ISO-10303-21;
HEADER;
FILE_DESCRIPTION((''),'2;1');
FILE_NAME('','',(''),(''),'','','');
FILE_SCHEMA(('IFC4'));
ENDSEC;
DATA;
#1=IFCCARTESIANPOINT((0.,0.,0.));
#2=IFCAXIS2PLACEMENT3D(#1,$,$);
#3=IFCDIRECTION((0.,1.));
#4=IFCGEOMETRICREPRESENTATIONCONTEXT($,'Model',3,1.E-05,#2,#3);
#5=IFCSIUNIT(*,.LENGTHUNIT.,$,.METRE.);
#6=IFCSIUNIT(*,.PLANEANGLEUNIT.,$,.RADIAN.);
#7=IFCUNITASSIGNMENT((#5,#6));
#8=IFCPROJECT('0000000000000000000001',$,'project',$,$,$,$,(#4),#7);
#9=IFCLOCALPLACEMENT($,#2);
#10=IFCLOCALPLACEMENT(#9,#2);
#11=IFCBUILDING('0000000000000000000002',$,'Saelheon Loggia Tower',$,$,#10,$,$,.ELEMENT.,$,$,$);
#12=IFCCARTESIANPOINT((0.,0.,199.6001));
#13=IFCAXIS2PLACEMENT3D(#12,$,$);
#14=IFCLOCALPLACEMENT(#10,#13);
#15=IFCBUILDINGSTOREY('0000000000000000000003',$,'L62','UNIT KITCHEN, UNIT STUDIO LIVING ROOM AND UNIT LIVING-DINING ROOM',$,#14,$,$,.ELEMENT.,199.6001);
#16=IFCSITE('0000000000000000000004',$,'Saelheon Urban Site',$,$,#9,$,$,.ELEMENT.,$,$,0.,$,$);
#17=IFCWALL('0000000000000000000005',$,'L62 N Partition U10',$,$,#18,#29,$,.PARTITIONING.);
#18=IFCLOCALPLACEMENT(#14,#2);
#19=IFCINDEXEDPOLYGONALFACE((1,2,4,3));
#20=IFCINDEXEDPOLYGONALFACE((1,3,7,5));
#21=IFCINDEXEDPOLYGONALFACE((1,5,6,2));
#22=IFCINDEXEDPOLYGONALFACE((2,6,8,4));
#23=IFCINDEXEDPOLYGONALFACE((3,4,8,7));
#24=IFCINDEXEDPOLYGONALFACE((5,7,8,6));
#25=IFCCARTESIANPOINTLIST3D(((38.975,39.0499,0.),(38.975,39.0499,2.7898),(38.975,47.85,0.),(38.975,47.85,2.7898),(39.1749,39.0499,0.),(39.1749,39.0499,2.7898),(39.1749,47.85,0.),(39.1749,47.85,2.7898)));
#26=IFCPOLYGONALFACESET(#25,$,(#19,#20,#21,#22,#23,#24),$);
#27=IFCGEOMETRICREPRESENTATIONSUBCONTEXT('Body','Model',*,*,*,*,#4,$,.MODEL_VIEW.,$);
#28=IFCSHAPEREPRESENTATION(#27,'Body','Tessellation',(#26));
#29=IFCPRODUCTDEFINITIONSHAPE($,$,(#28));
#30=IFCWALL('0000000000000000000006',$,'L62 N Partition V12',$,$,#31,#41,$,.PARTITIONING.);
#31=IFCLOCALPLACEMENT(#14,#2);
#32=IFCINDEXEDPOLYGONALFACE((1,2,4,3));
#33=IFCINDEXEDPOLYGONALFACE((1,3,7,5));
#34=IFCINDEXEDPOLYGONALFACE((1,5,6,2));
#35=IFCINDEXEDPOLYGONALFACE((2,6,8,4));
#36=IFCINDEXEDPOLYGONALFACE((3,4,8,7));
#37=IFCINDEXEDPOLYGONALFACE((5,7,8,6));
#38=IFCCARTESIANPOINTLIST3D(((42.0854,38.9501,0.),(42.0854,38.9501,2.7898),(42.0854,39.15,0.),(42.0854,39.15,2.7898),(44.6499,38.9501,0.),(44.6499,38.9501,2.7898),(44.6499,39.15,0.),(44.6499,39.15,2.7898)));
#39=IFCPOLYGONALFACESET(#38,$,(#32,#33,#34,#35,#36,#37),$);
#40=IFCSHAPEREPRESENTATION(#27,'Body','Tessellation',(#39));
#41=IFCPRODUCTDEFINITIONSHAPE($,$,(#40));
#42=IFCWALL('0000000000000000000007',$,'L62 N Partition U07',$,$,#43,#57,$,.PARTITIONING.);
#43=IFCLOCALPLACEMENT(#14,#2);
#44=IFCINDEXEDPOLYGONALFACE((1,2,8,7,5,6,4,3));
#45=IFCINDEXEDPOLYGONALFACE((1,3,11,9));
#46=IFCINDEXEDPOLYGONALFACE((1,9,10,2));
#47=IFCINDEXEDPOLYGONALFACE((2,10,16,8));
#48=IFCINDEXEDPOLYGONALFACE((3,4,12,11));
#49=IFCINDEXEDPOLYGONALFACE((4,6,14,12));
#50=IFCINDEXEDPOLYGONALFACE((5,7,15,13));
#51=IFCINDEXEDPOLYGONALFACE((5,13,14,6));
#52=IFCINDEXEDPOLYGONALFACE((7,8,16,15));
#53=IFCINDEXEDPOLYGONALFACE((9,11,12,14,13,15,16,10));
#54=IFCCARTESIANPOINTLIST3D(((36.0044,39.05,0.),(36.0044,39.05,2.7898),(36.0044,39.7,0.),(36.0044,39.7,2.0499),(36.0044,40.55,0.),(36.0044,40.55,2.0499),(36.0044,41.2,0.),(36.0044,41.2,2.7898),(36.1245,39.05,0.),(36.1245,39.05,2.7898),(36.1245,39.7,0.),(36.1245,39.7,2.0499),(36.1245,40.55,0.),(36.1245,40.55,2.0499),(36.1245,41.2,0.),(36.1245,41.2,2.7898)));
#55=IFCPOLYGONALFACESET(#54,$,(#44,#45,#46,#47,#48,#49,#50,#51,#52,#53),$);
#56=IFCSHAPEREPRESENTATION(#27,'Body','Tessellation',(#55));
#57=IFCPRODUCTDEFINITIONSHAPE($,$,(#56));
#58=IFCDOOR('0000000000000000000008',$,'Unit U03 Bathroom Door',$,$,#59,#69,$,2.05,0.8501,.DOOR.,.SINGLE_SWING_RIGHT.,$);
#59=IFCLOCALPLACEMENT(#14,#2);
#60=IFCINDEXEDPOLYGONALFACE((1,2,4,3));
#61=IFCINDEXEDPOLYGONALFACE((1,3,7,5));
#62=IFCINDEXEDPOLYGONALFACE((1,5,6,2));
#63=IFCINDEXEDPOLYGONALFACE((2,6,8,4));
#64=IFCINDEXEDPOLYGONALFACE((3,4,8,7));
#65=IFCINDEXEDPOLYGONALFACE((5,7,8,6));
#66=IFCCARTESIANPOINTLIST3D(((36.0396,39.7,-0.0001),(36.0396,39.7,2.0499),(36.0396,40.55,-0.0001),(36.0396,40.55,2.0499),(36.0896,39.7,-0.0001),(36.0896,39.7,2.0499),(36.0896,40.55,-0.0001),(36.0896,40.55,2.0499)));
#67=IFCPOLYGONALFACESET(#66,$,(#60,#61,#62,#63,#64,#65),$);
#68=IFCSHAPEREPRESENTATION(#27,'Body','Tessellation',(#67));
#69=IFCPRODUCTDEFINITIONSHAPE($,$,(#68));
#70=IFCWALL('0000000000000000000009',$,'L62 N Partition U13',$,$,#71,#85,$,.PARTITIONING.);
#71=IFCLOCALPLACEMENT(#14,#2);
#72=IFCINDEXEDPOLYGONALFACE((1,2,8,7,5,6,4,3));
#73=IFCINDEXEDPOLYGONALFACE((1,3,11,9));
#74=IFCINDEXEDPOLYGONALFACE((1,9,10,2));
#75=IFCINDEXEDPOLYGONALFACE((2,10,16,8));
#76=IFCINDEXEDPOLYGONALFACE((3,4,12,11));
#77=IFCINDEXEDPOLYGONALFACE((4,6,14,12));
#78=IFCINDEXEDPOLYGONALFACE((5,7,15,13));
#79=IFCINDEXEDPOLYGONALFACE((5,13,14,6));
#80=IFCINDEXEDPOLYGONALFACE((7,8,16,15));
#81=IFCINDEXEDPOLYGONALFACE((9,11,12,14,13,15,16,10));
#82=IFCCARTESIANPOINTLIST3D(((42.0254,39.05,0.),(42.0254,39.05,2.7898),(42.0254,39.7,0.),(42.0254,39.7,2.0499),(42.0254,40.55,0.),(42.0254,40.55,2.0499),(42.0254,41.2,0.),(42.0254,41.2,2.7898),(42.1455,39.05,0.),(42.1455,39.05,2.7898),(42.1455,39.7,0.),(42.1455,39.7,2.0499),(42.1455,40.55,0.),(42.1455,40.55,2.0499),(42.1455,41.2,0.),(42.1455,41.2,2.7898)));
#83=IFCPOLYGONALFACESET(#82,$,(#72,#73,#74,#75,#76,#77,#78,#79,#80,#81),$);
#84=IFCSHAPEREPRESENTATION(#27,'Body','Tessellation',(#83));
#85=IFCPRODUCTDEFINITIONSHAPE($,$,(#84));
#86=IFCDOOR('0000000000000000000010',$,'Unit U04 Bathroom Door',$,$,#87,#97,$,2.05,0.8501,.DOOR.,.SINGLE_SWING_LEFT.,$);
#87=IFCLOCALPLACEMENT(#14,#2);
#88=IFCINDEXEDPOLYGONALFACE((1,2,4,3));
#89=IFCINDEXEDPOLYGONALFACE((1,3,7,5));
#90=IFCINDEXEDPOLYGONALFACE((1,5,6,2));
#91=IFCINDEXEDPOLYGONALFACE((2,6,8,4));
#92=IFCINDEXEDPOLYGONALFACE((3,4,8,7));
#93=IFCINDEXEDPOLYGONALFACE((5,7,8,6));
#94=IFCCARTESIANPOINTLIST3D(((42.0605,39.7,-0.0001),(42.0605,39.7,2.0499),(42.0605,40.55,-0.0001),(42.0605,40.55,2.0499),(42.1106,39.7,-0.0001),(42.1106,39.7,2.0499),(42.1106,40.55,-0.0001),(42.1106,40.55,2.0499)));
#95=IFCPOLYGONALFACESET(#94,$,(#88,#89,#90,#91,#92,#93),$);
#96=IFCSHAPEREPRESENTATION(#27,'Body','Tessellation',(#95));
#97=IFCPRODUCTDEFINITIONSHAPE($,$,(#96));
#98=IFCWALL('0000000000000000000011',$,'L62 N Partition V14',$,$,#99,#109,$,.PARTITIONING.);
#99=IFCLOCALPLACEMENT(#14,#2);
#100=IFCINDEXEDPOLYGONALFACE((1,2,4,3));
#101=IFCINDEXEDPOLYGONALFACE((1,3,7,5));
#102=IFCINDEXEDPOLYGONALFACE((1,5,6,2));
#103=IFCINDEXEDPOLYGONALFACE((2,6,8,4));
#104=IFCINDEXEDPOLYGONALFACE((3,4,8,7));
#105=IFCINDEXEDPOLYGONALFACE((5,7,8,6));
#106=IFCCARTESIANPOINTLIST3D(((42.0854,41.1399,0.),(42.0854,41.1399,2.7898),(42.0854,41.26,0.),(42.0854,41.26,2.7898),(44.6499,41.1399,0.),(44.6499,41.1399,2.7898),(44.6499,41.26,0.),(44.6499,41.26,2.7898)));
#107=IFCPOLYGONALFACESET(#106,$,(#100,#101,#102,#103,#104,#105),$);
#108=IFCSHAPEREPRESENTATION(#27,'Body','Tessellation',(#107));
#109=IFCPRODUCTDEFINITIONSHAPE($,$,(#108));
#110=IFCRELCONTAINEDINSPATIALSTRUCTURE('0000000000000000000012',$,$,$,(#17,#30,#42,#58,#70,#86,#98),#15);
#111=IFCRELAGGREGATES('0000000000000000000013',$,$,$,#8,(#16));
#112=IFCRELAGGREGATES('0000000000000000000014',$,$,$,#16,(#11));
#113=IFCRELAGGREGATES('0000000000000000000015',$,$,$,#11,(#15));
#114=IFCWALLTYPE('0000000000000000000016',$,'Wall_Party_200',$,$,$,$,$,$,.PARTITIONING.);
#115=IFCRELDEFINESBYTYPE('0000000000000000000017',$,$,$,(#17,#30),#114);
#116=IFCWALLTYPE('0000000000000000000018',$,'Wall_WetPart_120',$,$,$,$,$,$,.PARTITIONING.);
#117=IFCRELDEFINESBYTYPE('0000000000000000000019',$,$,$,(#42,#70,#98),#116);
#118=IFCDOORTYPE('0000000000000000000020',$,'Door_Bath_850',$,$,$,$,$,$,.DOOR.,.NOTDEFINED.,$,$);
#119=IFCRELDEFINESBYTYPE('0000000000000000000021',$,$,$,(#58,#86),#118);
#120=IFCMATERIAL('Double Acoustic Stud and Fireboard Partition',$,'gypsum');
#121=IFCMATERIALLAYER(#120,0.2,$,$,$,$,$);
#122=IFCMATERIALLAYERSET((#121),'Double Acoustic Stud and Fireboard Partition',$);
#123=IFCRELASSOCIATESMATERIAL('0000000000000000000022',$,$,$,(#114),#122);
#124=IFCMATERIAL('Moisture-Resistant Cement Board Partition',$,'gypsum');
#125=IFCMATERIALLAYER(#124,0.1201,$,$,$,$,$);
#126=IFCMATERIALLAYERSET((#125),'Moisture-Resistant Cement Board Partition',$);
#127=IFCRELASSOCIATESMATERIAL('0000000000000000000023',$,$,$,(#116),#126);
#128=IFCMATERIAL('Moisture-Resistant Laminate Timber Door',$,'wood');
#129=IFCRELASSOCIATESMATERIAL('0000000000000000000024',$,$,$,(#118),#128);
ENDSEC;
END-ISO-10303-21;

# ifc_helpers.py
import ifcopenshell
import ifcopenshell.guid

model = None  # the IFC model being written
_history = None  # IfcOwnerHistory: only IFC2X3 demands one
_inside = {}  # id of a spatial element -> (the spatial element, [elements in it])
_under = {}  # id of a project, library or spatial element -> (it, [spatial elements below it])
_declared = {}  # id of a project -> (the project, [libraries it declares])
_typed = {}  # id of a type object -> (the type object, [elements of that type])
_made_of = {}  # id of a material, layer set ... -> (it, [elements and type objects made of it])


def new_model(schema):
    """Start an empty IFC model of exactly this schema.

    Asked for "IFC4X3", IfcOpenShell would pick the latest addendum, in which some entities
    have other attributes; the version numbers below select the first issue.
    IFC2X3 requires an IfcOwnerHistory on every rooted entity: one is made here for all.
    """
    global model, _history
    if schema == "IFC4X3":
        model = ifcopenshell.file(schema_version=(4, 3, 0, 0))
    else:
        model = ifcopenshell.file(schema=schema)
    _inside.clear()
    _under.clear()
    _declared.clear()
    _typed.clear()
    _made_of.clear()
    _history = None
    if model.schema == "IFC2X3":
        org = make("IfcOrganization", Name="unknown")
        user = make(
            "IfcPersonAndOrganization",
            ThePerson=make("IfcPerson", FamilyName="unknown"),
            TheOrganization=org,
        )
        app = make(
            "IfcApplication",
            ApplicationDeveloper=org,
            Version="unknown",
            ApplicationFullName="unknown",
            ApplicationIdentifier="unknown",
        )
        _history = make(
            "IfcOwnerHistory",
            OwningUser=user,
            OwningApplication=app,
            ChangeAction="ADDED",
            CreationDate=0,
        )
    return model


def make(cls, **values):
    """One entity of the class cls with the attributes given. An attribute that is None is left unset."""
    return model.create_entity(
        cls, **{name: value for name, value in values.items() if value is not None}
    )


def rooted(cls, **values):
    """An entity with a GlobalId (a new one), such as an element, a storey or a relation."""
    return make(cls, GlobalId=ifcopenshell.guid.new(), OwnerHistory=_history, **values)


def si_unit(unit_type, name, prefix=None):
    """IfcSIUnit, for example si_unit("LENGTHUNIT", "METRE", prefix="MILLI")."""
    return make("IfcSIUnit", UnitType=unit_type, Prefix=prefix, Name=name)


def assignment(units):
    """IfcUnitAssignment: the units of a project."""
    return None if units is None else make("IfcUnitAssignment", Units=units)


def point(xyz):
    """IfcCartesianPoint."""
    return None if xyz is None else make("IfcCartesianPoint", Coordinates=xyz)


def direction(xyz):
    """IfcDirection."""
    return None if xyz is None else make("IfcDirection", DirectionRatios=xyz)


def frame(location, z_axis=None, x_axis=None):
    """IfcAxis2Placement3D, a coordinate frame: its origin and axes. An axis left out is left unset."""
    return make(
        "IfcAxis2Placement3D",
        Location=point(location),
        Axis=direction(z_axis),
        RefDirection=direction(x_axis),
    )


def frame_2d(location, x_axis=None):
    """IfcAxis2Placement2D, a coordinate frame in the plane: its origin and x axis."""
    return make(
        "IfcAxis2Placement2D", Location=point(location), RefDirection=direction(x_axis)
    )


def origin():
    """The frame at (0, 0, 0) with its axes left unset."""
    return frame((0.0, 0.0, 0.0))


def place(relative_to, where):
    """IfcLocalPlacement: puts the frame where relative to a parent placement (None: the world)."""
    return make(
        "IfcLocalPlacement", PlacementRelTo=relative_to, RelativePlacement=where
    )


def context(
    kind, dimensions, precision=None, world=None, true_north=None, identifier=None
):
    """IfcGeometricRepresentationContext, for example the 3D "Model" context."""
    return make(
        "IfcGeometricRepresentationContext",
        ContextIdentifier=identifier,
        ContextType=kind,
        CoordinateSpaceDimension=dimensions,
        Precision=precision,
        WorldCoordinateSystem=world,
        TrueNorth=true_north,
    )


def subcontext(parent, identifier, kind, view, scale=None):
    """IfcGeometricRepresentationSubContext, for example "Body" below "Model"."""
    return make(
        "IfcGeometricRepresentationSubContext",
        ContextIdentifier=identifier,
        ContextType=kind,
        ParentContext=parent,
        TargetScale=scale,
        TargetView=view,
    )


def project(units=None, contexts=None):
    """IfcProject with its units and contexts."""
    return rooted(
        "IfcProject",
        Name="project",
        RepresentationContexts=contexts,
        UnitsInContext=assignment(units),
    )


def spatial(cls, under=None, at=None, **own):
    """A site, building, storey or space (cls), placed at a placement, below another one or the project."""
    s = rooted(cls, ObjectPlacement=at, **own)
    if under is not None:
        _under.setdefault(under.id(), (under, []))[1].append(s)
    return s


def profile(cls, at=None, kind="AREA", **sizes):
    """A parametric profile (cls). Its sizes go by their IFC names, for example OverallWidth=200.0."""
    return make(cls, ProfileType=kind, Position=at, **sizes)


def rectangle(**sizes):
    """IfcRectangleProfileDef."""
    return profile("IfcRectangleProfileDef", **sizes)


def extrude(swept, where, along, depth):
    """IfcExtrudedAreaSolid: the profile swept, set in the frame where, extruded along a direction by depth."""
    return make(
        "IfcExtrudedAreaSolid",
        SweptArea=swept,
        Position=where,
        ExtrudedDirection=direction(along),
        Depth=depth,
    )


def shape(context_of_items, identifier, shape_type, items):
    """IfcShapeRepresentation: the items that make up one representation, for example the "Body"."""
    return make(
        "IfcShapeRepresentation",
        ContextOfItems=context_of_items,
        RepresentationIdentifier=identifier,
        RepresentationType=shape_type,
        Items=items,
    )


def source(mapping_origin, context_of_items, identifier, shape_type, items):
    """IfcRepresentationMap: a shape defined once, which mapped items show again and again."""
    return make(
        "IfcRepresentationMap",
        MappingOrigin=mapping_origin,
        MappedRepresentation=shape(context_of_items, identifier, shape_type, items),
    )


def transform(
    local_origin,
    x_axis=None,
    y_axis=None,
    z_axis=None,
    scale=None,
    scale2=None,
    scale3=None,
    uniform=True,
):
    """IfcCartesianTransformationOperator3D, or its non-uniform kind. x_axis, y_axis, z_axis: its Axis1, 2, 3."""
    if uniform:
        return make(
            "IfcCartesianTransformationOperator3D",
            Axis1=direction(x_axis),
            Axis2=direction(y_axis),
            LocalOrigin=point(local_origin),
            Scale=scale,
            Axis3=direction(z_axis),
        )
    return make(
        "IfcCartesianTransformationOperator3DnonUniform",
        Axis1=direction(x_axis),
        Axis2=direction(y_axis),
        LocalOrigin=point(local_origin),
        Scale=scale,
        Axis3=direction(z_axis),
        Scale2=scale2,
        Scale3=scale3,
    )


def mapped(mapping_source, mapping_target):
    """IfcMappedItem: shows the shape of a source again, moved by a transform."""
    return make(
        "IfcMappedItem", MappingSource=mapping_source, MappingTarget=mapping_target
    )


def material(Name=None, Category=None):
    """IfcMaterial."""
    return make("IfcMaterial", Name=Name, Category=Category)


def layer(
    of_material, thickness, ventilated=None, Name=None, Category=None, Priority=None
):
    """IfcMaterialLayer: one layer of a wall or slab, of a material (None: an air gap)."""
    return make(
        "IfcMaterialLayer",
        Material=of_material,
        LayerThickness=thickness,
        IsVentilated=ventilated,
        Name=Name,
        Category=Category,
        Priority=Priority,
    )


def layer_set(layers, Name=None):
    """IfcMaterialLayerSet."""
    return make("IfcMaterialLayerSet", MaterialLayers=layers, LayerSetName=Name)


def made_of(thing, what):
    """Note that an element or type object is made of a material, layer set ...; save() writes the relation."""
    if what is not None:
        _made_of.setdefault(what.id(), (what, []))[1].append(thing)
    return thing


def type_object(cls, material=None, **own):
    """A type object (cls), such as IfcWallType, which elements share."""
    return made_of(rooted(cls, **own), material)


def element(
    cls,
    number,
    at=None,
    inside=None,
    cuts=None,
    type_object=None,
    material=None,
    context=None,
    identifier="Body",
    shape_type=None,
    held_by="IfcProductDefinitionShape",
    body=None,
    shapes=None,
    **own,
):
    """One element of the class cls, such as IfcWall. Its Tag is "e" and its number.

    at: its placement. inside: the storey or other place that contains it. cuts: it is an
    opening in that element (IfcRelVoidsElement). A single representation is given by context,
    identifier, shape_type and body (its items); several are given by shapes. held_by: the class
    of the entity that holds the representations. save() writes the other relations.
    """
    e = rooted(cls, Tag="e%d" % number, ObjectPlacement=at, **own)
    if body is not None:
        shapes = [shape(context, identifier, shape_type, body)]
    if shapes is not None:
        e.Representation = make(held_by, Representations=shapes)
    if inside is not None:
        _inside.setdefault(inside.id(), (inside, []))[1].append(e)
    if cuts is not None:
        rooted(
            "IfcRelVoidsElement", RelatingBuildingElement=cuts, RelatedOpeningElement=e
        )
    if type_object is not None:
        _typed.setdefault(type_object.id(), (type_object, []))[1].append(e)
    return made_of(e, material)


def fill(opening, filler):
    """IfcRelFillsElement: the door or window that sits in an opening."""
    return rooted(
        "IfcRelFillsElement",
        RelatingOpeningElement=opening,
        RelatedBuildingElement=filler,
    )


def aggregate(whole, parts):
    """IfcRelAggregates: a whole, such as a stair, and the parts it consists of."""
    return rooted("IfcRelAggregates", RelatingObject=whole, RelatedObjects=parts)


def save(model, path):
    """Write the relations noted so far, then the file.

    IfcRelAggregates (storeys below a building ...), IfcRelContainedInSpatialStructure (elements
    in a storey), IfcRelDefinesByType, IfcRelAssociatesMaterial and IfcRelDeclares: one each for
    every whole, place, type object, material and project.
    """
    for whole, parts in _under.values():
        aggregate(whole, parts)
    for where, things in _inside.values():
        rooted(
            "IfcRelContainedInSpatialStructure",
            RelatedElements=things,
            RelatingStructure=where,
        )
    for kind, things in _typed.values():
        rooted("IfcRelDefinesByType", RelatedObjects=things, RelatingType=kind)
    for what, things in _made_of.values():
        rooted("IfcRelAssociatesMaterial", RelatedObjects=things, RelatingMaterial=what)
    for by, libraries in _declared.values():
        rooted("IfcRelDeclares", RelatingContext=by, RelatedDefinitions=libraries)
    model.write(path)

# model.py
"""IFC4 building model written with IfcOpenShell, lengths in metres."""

from ifc_helpers import new_model, si_unit, direction, frame, frame_2d, origin, place, context, subcontext, project, spatial, rectangle, extrude, source, transform, mapped, material, layer, layer_set, type_object, element, fill, save


model = new_model("IFC4")

# Units and contexts
model_context = context("Model", 3, precision=1e-05, world=origin(), true_north=direction((0.0, 1.0)))
body_context = subcontext(model_context, "Body", "Model", "MODEL_VIEW")
ifc_project = project(units=[si_unit("LENGTHUNIT", "METRE"), si_unit("PLANEANGLEUNIT", "RADIAN")], contexts=[model_context])

# Site, building, storey
site_placement = place(None, origin())
site = spatial("IfcSite", under=ifc_project, at=site_placement, Name="Saelheon Urban Site", CompositionType="ELEMENT", RefElevation=0.0)
building_placement = place(site_placement, origin())
building = spatial("IfcBuilding", under=site, at=building_placement, Name="Saelheon Loggia Tower", CompositionType="ELEMENT")
storey_placement = place(building_placement, frame((0.0, 0.0, 199.6001)))
storey = spatial("IfcBuildingStorey", under=building, at=storey_placement, Name="L62", Description="UNIT KITCHEN, UNIT STUDIO LIVING ROOM AND UNIT LIVING-DINING ROOM", CompositionType="ELEMENT", Elevation=199.6001)

# Shared definitions
ifc_material_1 = material(Name="Double Acoustic Stud and Fireboard Partition", Category="gypsum")
ifc_layer_1 = layer(ifc_material_1, 0.2)
ifc_layer_set_1 = layer_set([ifc_layer_1], Name="Double Acoustic Stud and Fireboard Partition")
wall_type_1 = type_object("IfcWallType", Name="Wall_Party_200", PredefinedType="PARTITIONING", material=ifc_layer_set_1)

# Wall
wall_1_placement = place(storey_placement, frame((39.075, 39.05, 0.0), z_axis=(0.0, 0.0, 1.0), x_axis=(0.0, 1.0, 0.0)))
element("IfcWall", 1, at=wall_1_placement, inside=storey, type_object=wall_type_1, Name="L62 N Partition U10", PredefinedType="PARTITIONING", context=body_context, shape_type="SweptSolid", body=[
    extrude(rectangle(XDim=8.8, YDim=0.2, at=frame_2d((4.3999, 0.0))), origin(), (0.0, 0.0, 1.0), 2.7898),
])

# Wall
wall_2_placement = place(storey_placement, frame((42.0854, 39.05, 0.0), z_axis=(0.0, 0.0, 1.0), x_axis=(1.0, 0.0, 0.0)))
element("IfcWall", 2, at=wall_2_placement, inside=storey, type_object=wall_type_1, Name="L62 N Partition V12", PredefinedType="PARTITIONING", context=body_context, shape_type="SweptSolid", body=[
    extrude(rectangle(XDim=2.5645, YDim=0.2, at=frame_2d((1.2822, 0.0))), origin(), (0.0, 0.0, 1.0), 2.7898),
])

# Walls, openings, doors
ifc_material_2 = material(Name="Moisture-Resistant Cement Board Partition", Category="gypsum")
ifc_layer_2 = layer(ifc_material_2, 0.1201)
ifc_layer_set_2 = layer_set([ifc_layer_2], Name="Moisture-Resistant Cement Board Partition")
wall_type_2 = type_object("IfcWallType", Name="Wall_WetPart_120", PredefinedType="PARTITIONING", material=ifc_layer_set_2)
wall_3_placement = place(storey_placement, frame((36.0645, 39.05, 0.0), z_axis=(0.0, 0.0, 1.0), x_axis=(0.0, 1.0, 0.0)))
wall_3 = element("IfcWall", 3, at=wall_3_placement, inside=storey, type_object=wall_type_2, Name="L62 N Partition U07", PredefinedType="PARTITIONING", context=body_context, shape_type="SweptSolid", body=[
    extrude(rectangle(XDim=2.1499, YDim=0.1201, at=frame_2d((1.075, 0.0))), origin(), (0.0, 0.0, 1.0), 2.7898),
])
opening_1_placement = place(wall_3_placement, frame((0.6499, 0.0, 0.0)))
opening_1 = element("IfcOpeningElement", 4, at=opening_1_placement, cuts=wall_3, PredefinedType="OPENING", context=body_context, shape_type="SweptSolid", body=[
    extrude(rectangle(XDim=0.8501, YDim=2.05, at=frame_2d((0.425, 1.0249))), frame((0.0, 0.072, 0.0), z_axis=(0.0, -1.0, 0.0), x_axis=(1.0, 0.0, 0.0)), (0.0, 0.0, 1.0), 0.144),
])
ifc_material_3 = material(Name="Moisture-Resistant Laminate Timber Door", Category="wood")
door_type_1 = type_object("IfcDoorType", Name="Door_Bath_850", OperationType="NOTDEFINED", PredefinedType="DOOR", material=ifc_material_3)
shared_shape_1 = source(origin(), body_context, "Body", "SweptSolid", [
    extrude(rectangle(XDim=0.8501, YDim=2.05, at=frame_2d((0.425, 1.0249))), frame((0.0, 0.0249, 0.0), z_axis=(0.0, -1.0, 0.0), x_axis=(1.0, 0.0, 0.0)), (0.0, 0.0, 1.0), 0.05),
])
door_1_placement = place(opening_1_placement, origin())
door_1 = element("IfcDoor", 5, at=door_1_placement, inside=storey, type_object=door_type_1, Name="Unit U03 Bathroom Door", OperationType="SINGLE_SWING_RIGHT", OverallHeight=2.05, OverallWidth=0.8501, PredefinedType="DOOR", context=body_context, shape_type="MappedRepresentation", body=[
    mapped(shared_shape_1, transform((0.0, 0.0, 0.0), scale=1.0)),
])
fill(opening_1, door_1)
wall_4_placement = place(storey_placement, frame((42.0854, 39.05, 0.0), z_axis=(0.0, 0.0, 1.0), x_axis=(0.0, 1.0, 0.0)))
wall_4 = element("IfcWall", 6, at=wall_4_placement, inside=storey, type_object=wall_type_2, Name="L62 N Partition U13", PredefinedType="PARTITIONING", context=body_context, shape_type="SweptSolid", body=[
    extrude(rectangle(XDim=2.1499, YDim=0.1201, at=frame_2d((1.075, 0.0))), origin(), (0.0, 0.0, 1.0), 2.7898),
])
opening_2_placement = place(wall_4_placement, frame((0.6499, 0.0, 0.0)))
opening_2 = element("IfcOpeningElement", 7, at=opening_2_placement, cuts=wall_4, PredefinedType="OPENING", context=body_context, shape_type="SweptSolid", body=[
    extrude(rectangle(XDim=0.8501, YDim=2.05, at=frame_2d((0.425, 1.0249))), frame((0.0, 0.072, 0.0), z_axis=(0.0, -1.0, 0.0), x_axis=(1.0, 0.0, 0.0)), (0.0, 0.0, 1.0), 0.144),
])
door_2_placement = place(opening_2_placement, origin())
door_2 = element("IfcDoor", 8, at=door_2_placement, inside=storey, type_object=door_type_1, Name="Unit U04 Bathroom Door", OperationType="SINGLE_SWING_LEFT", OverallHeight=2.05, OverallWidth=0.8501, PredefinedType="DOOR", context=body_context, shape_type="MappedRepresentation", body=[
    mapped(shared_shape_1, transform((0.0, 0.0, 0.0), scale=1.0)),
])
fill(opening_2, door_2)

# Wall
wall_5_placement = place(storey_placement, frame((42.0854, 41.2, 0.0), z_axis=(0.0, 0.0, 1.0), x_axis=(1.0, 0.0, 0.0)))
element("IfcWall", 9, at=wall_5_placement, inside=storey, type_object=wall_type_2, Name="L62 N Partition V14", PredefinedType="PARTITIONING", context=body_context, shape_type="SweptSolid", body=[
    extrude(rectangle(XDim=2.5645, YDim=0.1201, at=frame_2d((1.2822, 0.0))), origin(), (0.0, 0.0, 1.0), 2.7898),
])

save(model, "model.ifc")
